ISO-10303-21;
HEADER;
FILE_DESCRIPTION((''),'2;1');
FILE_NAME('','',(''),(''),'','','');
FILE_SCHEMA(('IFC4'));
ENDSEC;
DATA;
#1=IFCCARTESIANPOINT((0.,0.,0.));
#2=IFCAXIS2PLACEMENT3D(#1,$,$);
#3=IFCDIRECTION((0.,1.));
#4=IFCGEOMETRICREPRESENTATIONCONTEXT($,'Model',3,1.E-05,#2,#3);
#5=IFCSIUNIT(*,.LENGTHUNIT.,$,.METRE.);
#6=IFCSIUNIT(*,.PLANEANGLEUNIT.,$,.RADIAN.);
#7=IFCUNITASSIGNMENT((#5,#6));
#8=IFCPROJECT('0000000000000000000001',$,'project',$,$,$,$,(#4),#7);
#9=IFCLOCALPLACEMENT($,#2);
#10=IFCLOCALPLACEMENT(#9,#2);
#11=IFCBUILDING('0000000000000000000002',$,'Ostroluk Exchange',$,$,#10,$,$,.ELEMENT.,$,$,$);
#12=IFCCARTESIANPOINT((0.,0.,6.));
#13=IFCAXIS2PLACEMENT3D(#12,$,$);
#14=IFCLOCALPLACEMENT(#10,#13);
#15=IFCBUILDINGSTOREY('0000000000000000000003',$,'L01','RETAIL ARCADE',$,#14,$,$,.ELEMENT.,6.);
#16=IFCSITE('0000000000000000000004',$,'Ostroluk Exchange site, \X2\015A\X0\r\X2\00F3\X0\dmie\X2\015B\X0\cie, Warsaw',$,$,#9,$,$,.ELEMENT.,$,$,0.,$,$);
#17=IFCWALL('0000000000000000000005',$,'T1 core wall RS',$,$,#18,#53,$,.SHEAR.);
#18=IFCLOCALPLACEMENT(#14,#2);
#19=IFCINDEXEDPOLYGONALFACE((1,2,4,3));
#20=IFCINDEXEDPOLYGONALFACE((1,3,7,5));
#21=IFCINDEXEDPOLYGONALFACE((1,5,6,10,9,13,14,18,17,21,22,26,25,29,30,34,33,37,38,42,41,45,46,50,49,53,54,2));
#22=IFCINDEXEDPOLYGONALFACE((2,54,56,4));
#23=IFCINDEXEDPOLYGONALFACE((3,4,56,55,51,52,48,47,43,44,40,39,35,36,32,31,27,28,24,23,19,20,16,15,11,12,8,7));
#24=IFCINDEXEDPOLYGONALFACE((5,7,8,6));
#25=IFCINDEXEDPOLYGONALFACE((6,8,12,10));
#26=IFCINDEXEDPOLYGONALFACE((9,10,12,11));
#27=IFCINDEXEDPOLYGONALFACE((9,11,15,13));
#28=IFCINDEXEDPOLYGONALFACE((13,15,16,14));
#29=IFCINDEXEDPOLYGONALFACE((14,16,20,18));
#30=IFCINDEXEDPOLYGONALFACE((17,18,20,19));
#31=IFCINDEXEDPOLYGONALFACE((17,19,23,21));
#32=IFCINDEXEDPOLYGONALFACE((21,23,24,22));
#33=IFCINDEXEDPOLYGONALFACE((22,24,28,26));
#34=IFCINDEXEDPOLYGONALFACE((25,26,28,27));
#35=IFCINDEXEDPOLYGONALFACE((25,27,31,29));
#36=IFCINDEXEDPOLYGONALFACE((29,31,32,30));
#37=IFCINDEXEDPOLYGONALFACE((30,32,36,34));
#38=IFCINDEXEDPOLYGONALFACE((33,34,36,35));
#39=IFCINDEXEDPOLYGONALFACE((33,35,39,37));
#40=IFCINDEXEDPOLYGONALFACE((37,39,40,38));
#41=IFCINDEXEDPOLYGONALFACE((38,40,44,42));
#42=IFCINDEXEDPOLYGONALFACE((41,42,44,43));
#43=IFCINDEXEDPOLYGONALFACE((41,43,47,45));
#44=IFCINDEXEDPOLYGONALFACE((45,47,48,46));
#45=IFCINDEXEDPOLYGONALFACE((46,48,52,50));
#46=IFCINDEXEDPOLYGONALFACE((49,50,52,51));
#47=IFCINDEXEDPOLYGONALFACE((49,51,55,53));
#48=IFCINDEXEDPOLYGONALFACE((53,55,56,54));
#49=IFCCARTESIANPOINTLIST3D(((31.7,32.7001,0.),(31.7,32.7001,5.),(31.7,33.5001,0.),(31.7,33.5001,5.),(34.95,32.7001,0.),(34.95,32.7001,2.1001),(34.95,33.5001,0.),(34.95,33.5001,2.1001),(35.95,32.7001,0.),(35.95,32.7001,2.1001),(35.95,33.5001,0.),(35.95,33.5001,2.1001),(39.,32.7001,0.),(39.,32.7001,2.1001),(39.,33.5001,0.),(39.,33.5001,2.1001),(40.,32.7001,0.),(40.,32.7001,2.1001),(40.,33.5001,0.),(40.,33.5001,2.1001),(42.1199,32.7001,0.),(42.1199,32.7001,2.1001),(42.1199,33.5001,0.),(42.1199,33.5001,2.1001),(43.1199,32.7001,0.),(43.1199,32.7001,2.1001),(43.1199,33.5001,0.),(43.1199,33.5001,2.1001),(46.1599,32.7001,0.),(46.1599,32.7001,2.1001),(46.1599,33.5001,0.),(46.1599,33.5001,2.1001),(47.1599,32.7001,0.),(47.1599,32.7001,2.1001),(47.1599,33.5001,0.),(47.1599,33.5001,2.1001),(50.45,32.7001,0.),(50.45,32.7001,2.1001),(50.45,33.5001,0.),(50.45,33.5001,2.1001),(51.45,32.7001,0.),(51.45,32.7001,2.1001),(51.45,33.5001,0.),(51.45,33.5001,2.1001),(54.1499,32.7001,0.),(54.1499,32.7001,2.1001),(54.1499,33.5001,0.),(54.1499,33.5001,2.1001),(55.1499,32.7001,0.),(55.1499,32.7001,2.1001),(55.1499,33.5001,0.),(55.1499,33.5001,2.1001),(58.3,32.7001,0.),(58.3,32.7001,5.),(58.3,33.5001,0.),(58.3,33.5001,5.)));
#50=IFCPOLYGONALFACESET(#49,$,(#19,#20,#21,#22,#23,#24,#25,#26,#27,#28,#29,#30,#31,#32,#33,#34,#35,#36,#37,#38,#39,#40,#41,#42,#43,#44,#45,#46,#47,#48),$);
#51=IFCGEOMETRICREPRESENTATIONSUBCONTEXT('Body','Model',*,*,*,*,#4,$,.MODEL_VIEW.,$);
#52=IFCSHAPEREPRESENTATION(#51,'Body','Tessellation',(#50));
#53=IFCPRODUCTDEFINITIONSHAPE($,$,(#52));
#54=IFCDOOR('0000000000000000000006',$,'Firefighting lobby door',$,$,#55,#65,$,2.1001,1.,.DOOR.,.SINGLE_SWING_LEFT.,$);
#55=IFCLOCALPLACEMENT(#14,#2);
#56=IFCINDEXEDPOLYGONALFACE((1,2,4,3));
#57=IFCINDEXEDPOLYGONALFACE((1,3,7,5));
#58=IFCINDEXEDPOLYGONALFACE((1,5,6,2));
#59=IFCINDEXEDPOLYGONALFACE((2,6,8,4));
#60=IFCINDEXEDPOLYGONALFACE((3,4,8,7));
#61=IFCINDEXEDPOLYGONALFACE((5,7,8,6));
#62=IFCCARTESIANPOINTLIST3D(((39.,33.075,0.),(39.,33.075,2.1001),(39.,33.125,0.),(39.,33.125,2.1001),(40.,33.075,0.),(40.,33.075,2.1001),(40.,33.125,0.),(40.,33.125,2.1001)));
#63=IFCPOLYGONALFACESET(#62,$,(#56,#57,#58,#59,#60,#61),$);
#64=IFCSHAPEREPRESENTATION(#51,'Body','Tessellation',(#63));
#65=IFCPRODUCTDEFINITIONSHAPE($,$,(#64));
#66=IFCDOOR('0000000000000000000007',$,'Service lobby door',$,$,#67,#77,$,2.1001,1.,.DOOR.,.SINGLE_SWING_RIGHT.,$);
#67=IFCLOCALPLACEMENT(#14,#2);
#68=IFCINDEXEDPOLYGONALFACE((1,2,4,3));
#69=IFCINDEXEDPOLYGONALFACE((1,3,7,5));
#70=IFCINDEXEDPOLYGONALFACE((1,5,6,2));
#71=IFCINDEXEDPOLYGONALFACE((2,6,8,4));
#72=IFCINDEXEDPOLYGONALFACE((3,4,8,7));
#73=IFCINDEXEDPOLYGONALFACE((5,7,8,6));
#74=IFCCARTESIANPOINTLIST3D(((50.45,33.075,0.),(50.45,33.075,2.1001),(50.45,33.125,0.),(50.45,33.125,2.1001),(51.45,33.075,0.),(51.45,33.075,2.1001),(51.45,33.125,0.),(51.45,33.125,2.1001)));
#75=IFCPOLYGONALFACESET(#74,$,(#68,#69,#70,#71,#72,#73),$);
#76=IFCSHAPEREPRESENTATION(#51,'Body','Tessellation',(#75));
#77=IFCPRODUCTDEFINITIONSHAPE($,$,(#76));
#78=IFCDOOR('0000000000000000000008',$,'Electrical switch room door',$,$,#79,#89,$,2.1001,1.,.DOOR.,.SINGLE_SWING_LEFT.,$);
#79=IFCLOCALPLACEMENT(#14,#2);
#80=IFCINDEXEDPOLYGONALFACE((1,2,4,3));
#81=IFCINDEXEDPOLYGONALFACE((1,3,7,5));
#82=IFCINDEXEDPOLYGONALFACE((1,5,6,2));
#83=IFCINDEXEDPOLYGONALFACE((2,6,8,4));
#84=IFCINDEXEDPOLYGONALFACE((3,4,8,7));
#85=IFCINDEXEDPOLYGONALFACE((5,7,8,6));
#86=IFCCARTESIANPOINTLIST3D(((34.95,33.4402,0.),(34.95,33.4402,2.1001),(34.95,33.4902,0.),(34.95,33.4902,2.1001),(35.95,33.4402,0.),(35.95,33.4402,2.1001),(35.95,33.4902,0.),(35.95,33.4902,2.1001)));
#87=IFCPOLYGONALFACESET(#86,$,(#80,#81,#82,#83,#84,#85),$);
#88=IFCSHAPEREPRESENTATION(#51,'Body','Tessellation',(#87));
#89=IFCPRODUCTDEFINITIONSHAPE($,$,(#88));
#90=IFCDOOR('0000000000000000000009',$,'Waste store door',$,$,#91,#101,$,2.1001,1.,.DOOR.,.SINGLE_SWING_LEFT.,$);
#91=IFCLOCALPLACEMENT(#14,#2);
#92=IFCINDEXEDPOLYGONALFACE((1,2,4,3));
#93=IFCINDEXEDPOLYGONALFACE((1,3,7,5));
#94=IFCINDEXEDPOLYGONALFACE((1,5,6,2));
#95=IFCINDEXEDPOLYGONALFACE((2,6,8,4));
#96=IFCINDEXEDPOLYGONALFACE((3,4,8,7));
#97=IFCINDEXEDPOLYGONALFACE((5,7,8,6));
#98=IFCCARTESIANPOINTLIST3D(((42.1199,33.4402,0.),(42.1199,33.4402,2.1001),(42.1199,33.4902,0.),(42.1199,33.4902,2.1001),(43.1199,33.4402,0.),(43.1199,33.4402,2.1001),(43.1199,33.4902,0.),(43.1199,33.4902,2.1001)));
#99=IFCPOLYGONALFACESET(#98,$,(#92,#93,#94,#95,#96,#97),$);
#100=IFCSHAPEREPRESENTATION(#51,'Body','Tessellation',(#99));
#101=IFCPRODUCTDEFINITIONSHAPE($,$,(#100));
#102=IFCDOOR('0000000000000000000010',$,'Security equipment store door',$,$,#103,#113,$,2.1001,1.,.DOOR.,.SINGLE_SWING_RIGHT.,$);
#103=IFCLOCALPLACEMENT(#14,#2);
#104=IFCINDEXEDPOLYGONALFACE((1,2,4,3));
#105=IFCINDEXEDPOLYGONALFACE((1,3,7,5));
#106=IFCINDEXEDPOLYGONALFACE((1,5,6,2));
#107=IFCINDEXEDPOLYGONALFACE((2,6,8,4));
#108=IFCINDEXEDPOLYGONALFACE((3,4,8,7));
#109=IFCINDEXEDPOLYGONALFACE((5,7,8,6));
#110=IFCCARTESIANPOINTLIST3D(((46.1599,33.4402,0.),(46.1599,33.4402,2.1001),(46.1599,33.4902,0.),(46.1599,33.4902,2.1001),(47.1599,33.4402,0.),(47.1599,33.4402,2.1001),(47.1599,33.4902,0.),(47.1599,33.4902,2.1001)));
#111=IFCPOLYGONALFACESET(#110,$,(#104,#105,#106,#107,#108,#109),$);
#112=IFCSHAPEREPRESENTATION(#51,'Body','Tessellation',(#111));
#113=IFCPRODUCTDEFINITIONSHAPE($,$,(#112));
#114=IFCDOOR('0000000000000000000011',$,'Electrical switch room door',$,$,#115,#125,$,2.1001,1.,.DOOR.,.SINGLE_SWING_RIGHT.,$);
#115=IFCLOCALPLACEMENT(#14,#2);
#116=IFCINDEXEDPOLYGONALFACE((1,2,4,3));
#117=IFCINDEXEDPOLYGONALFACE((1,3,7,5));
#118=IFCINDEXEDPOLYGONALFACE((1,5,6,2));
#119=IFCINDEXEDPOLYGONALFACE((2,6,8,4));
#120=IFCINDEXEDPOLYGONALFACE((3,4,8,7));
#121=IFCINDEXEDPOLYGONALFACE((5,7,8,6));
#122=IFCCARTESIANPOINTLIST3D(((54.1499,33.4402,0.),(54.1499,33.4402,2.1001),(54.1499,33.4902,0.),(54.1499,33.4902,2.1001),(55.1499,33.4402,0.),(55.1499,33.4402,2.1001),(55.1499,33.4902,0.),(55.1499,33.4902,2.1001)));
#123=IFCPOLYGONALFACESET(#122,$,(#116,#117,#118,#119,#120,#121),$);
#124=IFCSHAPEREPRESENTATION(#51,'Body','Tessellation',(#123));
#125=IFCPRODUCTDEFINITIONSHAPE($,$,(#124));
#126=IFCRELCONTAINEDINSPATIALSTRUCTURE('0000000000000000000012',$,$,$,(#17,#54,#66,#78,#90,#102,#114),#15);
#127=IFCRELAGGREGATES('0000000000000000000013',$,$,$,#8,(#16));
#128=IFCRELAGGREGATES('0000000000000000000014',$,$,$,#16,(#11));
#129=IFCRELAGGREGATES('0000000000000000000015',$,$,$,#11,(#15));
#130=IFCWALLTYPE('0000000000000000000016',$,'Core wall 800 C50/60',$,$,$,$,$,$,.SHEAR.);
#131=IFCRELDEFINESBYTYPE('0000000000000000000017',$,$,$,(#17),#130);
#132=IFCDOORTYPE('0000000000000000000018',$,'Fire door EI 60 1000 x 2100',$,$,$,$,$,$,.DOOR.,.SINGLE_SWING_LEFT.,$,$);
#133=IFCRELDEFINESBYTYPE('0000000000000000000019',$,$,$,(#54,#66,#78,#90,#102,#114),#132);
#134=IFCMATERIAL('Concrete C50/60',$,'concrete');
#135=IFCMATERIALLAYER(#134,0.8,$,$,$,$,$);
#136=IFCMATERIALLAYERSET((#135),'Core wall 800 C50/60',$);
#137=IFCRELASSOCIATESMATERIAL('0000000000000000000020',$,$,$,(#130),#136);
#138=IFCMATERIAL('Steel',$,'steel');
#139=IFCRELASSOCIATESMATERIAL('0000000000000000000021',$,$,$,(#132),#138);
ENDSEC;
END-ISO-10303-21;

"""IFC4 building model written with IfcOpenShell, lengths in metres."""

from ifc_helpers import new_model, si_unit, direction, frame, frame_2d, origin, place, context, subcontext, project, spatial, rectangle, extrude, material, layer, layer_set, type_object, element, fill, save


model = new_model("IFC4")

# Units and contexts
model_context = context("Model", 3, precision=1e-05, world=origin(), true_north=direction((0.0, 1.0)))
body_context = subcontext(model_context, "Body", "Model", "MODEL_VIEW")
ifc_project = project(units=[si_unit("LENGTHUNIT", "METRE"), si_unit("PLANEANGLEUNIT", "RADIAN")], contexts=[model_context])

# Site, building, storey
site_placement = place(None, origin())
site = spatial("IfcSite", under=ifc_project, at=site_placement, Name="Ostroluk Exchange site, Śródmieście, Warsaw", CompositionType="ELEMENT", RefElevation=0.0)
building_placement = place(site_placement, origin())
building = spatial("IfcBuilding", under=site, at=building_placement, Name="Ostroluk Exchange", CompositionType="ELEMENT")
storey_placement = place(building_placement, frame((0.0, 0.0, 6.0)))
storey = spatial("IfcBuildingStorey", under=building, at=storey_placement, Name="L01", Description="RETAIL ARCADE", CompositionType="ELEMENT", Elevation=6.0)

# Wall, openings, doors
ifc_material_1 = material(Name="Concrete C50/60", Category="concrete")
ifc_layer_1 = layer(ifc_material_1, 0.8)
ifc_layer_set_1 = layer_set([ifc_layer_1], Name="Core wall 800 C50/60")
wall_type_1 = type_object("IfcWallType", Name="Core wall 800 C50/60", PredefinedType="SHEAR", material=ifc_layer_set_1)
wall_1_placement = place(storey_placement, frame((31.7, 33.1001, 0.0), z_axis=(0.0, 0.0, 1.0), x_axis=(1.0, 0.0, 0.0)))
wall_1 = element("IfcWall", 1, at=wall_1_placement, inside=storey, type_object=wall_type_1, Name="T1 core wall RS", PredefinedType="SHEAR", context=body_context, shape_type="SweptSolid", body=[
    extrude(rectangle(XDim=26.6001, YDim=0.8, at=frame_2d((13.3, 0.0))), origin(), (0.0, 0.0, 1.0), 5.0),
])
opening_1_placement = place(wall_1_placement, frame((7.3, 0.0, 0.0)))
opening_1 = element("IfcOpeningElement", 2, at=opening_1_placement, cuts=wall_1, PredefinedType="OPENING", context=body_context, shape_type="SweptSolid", body=[
    extrude(rectangle(XDim=1.0, YDim=2.1001, at=frame_2d((0.5, 1.05))), frame((0.0, 0.4099, 0.0), z_axis=(0.0, -1.0, 0.0), x_axis=(1.0, 0.0, 0.0)), (0.0, 0.0, 1.0), 0.8201),
])
opening_2_placement = place(wall_1_placement, frame((18.75, 0.0, 0.0)))
opening_2 = element("IfcOpeningElement", 3, at=opening_2_placement, cuts=wall_1, PredefinedType="OPENING", context=body_context, shape_type="SweptSolid", body=[
    extrude(rectangle(XDim=1.0, YDim=2.1001, at=frame_2d((0.5, 1.05))), frame((0.0, 0.4099, 0.0), z_axis=(0.0, -1.0, 0.0), x_axis=(1.0, 0.0, 0.0)), (0.0, 0.0, 1.0), 0.8201),
])
opening_3_placement = place(wall_1_placement, frame((3.25, 0.0, 0.0)))
opening_3 = element("IfcOpeningElement", 4, at=opening_3_placement, cuts=wall_1, PredefinedType="OPENING", context=body_context, shape_type="SweptSolid", body=[
    extrude(rectangle(XDim=1.0, YDim=2.1001, at=frame_2d((0.5, 1.05))), frame((0.0, 0.4099, 0.0), z_axis=(0.0, -1.0, 0.0), x_axis=(1.0, 0.0, 0.0)), (0.0, 0.0, 1.0), 0.8201),
])
opening_4_placement = place(wall_1_placement, frame((10.4199, 0.0, 0.0)))
opening_4 = element("IfcOpeningElement", 5, at=opening_4_placement, cuts=wall_1, PredefinedType="OPENING", context=body_context, shape_type="SweptSolid", body=[
    extrude(rectangle(XDim=1.0, YDim=2.1001, at=frame_2d((0.5, 1.05))), frame((0.0, 0.4099, 0.0), z_axis=(0.0, -1.0, 0.0), x_axis=(1.0, 0.0, 0.0)), (0.0, 0.0, 1.0), 0.8201),
])
opening_5_placement = place(wall_1_placement, frame((14.46, 0.0, 0.0)))
opening_5 = element("IfcOpeningElement", 6, at=opening_5_placement, cuts=wall_1, PredefinedType="OPENING", context=body_context, shape_type="SweptSolid", body=[
    extrude(rectangle(XDim=1.0, YDim=2.1001, at=frame_2d((0.5, 1.05))), frame((0.0, 0.4099, 0.0), z_axis=(0.0, -1.0, 0.0), x_axis=(1.0, 0.0, 0.0)), (0.0, 0.0, 1.0), 0.8201),
])
opening_6_placement = place(wall_1_placement, frame((22.45, 0.0, 0.0)))
opening_6 = element("IfcOpeningElement", 7, at=opening_6_placement, cuts=wall_1, PredefinedType="OPENING", context=body_context, shape_type="SweptSolid", body=[
    extrude(rectangle(XDim=1.0, YDim=2.1001, at=frame_2d((0.5, 1.05))), frame((0.0, 0.4099, 0.0), z_axis=(0.0, -1.0, 0.0), x_axis=(1.0, 0.0, 0.0)), (0.0, 0.0, 1.0), 0.8201),
])
ifc_material_2 = material(Name="Steel", Category="steel")
door_type_1 = type_object("IfcDoorType", Name="Fire door EI 60 1000 x 2100", OperationType="SINGLE_SWING_LEFT", PredefinedType="DOOR", material=ifc_material_2)
door_1_placement = place(opening_1_placement, origin())
door_1 = element("IfcDoor", 8, at=door_1_placement, inside=storey, type_object=door_type_1, Name="Firefighting lobby door", OperationType="SINGLE_SWING_LEFT", OverallHeight=2.1001, OverallWidth=1.0, PredefinedType="DOOR", context=body_context, shape_type="SweptSolid", body=[
    extrude(rectangle(XDim=1.0, YDim=2.1001, at=frame_2d((0.5, 1.05))), frame((0.0, 0.0249, 0.0), z_axis=(0.0, -1.0, 0.0), x_axis=(1.0, 0.0, 0.0)), (0.0, 0.0, 1.0), 0.05),
])
fill(opening_1, door_1)
door_2_placement = place(opening_2_placement, origin())
door_2 = element("IfcDoor", 9, at=door_2_placement, inside=storey, type_object=door_type_1, Name="Service lobby door", OperationType="SINGLE_SWING_RIGHT", OverallHeight=2.1001, OverallWidth=1.0, PredefinedType="DOOR", context=body_context, shape_type="SweptSolid", body=[
    extrude(rectangle(XDim=1.0, YDim=2.1001, at=frame_2d((0.5, 1.05))), frame((0.0, 0.0249, 0.0), z_axis=(0.0, -1.0, 0.0), x_axis=(1.0, 0.0, 0.0)), (0.0, 0.0, 1.0), 0.05),
])
fill(opening_2, door_2)
door_3_placement = place(opening_3_placement, origin())
door_3 = element("IfcDoor", 10, at=door_3_placement, inside=storey, type_object=door_type_1, Name="Electrical switch room door", OperationType="SINGLE_SWING_LEFT", OverallHeight=2.1001, OverallWidth=1.0, PredefinedType="DOOR", context=body_context, shape_type="SweptSolid", body=[
    extrude(rectangle(XDim=1.0, YDim=2.1001, at=frame_2d((0.5, 1.05))), frame((0.0, 0.3901, 0.0), z_axis=(0.0, -1.0, 0.0), x_axis=(1.0, 0.0, 0.0)), (0.0, 0.0, 1.0), 0.05),
])
fill(opening_3, door_3)
door_4_placement = place(opening_4_placement, origin())
door_4 = element("IfcDoor", 11, at=door_4_placement, inside=storey, type_object=door_type_1, Name="Waste store door", OperationType="SINGLE_SWING_LEFT", OverallHeight=2.1001, OverallWidth=1.0, PredefinedType="DOOR", context=body_context, shape_type="SweptSolid", body=[
    extrude(rectangle(XDim=1.0, YDim=2.1001, at=frame_2d((0.5, 1.05))), frame((0.0, 0.3901, 0.0), z_axis=(0.0, -1.0, 0.0), x_axis=(1.0, 0.0, 0.0)), (0.0, 0.0, 1.0), 0.05),
])
fill(opening_4, door_4)
door_5_placement = place(opening_5_placement, origin())
door_5 = element("IfcDoor", 12, at=door_5_placement, inside=storey, type_object=door_type_1, Name="Security equipment store door", OperationType="SINGLE_SWING_RIGHT", OverallHeight=2.1001, OverallWidth=1.0, PredefinedType="DOOR", context=body_context, shape_type="SweptSolid", body=[
    extrude(rectangle(XDim=1.0, YDim=2.1001, at=frame_2d((0.5, 1.05))), frame((0.0, 0.3901, 0.0), z_axis=(0.0, -1.0, 0.0), x_axis=(1.0, 0.0, 0.0)), (0.0, 0.0, 1.0), 0.05),
])
fill(opening_5, door_5)
door_6_placement = place(opening_6_placement, origin())
door_6 = element("IfcDoor", 13, at=door_6_placement, inside=storey, type_object=door_type_1, Name="Electrical switch room door", OperationType="SINGLE_SWING_RIGHT", OverallHeight=2.1001, OverallWidth=1.0, PredefinedType="DOOR", context=body_context, shape_type="SweptSolid", body=[
    extrude(rectangle(XDim=1.0, YDim=2.1001, at=frame_2d((0.5, 1.05))), frame((0.0, 0.3901, 0.0), z_axis=(0.0, -1.0, 0.0), x_axis=(1.0, 0.0, 0.0)), (0.0, 0.0, 1.0), 0.05),
])
fill(opening_6, door_6)

save(model, "model.ifc")
